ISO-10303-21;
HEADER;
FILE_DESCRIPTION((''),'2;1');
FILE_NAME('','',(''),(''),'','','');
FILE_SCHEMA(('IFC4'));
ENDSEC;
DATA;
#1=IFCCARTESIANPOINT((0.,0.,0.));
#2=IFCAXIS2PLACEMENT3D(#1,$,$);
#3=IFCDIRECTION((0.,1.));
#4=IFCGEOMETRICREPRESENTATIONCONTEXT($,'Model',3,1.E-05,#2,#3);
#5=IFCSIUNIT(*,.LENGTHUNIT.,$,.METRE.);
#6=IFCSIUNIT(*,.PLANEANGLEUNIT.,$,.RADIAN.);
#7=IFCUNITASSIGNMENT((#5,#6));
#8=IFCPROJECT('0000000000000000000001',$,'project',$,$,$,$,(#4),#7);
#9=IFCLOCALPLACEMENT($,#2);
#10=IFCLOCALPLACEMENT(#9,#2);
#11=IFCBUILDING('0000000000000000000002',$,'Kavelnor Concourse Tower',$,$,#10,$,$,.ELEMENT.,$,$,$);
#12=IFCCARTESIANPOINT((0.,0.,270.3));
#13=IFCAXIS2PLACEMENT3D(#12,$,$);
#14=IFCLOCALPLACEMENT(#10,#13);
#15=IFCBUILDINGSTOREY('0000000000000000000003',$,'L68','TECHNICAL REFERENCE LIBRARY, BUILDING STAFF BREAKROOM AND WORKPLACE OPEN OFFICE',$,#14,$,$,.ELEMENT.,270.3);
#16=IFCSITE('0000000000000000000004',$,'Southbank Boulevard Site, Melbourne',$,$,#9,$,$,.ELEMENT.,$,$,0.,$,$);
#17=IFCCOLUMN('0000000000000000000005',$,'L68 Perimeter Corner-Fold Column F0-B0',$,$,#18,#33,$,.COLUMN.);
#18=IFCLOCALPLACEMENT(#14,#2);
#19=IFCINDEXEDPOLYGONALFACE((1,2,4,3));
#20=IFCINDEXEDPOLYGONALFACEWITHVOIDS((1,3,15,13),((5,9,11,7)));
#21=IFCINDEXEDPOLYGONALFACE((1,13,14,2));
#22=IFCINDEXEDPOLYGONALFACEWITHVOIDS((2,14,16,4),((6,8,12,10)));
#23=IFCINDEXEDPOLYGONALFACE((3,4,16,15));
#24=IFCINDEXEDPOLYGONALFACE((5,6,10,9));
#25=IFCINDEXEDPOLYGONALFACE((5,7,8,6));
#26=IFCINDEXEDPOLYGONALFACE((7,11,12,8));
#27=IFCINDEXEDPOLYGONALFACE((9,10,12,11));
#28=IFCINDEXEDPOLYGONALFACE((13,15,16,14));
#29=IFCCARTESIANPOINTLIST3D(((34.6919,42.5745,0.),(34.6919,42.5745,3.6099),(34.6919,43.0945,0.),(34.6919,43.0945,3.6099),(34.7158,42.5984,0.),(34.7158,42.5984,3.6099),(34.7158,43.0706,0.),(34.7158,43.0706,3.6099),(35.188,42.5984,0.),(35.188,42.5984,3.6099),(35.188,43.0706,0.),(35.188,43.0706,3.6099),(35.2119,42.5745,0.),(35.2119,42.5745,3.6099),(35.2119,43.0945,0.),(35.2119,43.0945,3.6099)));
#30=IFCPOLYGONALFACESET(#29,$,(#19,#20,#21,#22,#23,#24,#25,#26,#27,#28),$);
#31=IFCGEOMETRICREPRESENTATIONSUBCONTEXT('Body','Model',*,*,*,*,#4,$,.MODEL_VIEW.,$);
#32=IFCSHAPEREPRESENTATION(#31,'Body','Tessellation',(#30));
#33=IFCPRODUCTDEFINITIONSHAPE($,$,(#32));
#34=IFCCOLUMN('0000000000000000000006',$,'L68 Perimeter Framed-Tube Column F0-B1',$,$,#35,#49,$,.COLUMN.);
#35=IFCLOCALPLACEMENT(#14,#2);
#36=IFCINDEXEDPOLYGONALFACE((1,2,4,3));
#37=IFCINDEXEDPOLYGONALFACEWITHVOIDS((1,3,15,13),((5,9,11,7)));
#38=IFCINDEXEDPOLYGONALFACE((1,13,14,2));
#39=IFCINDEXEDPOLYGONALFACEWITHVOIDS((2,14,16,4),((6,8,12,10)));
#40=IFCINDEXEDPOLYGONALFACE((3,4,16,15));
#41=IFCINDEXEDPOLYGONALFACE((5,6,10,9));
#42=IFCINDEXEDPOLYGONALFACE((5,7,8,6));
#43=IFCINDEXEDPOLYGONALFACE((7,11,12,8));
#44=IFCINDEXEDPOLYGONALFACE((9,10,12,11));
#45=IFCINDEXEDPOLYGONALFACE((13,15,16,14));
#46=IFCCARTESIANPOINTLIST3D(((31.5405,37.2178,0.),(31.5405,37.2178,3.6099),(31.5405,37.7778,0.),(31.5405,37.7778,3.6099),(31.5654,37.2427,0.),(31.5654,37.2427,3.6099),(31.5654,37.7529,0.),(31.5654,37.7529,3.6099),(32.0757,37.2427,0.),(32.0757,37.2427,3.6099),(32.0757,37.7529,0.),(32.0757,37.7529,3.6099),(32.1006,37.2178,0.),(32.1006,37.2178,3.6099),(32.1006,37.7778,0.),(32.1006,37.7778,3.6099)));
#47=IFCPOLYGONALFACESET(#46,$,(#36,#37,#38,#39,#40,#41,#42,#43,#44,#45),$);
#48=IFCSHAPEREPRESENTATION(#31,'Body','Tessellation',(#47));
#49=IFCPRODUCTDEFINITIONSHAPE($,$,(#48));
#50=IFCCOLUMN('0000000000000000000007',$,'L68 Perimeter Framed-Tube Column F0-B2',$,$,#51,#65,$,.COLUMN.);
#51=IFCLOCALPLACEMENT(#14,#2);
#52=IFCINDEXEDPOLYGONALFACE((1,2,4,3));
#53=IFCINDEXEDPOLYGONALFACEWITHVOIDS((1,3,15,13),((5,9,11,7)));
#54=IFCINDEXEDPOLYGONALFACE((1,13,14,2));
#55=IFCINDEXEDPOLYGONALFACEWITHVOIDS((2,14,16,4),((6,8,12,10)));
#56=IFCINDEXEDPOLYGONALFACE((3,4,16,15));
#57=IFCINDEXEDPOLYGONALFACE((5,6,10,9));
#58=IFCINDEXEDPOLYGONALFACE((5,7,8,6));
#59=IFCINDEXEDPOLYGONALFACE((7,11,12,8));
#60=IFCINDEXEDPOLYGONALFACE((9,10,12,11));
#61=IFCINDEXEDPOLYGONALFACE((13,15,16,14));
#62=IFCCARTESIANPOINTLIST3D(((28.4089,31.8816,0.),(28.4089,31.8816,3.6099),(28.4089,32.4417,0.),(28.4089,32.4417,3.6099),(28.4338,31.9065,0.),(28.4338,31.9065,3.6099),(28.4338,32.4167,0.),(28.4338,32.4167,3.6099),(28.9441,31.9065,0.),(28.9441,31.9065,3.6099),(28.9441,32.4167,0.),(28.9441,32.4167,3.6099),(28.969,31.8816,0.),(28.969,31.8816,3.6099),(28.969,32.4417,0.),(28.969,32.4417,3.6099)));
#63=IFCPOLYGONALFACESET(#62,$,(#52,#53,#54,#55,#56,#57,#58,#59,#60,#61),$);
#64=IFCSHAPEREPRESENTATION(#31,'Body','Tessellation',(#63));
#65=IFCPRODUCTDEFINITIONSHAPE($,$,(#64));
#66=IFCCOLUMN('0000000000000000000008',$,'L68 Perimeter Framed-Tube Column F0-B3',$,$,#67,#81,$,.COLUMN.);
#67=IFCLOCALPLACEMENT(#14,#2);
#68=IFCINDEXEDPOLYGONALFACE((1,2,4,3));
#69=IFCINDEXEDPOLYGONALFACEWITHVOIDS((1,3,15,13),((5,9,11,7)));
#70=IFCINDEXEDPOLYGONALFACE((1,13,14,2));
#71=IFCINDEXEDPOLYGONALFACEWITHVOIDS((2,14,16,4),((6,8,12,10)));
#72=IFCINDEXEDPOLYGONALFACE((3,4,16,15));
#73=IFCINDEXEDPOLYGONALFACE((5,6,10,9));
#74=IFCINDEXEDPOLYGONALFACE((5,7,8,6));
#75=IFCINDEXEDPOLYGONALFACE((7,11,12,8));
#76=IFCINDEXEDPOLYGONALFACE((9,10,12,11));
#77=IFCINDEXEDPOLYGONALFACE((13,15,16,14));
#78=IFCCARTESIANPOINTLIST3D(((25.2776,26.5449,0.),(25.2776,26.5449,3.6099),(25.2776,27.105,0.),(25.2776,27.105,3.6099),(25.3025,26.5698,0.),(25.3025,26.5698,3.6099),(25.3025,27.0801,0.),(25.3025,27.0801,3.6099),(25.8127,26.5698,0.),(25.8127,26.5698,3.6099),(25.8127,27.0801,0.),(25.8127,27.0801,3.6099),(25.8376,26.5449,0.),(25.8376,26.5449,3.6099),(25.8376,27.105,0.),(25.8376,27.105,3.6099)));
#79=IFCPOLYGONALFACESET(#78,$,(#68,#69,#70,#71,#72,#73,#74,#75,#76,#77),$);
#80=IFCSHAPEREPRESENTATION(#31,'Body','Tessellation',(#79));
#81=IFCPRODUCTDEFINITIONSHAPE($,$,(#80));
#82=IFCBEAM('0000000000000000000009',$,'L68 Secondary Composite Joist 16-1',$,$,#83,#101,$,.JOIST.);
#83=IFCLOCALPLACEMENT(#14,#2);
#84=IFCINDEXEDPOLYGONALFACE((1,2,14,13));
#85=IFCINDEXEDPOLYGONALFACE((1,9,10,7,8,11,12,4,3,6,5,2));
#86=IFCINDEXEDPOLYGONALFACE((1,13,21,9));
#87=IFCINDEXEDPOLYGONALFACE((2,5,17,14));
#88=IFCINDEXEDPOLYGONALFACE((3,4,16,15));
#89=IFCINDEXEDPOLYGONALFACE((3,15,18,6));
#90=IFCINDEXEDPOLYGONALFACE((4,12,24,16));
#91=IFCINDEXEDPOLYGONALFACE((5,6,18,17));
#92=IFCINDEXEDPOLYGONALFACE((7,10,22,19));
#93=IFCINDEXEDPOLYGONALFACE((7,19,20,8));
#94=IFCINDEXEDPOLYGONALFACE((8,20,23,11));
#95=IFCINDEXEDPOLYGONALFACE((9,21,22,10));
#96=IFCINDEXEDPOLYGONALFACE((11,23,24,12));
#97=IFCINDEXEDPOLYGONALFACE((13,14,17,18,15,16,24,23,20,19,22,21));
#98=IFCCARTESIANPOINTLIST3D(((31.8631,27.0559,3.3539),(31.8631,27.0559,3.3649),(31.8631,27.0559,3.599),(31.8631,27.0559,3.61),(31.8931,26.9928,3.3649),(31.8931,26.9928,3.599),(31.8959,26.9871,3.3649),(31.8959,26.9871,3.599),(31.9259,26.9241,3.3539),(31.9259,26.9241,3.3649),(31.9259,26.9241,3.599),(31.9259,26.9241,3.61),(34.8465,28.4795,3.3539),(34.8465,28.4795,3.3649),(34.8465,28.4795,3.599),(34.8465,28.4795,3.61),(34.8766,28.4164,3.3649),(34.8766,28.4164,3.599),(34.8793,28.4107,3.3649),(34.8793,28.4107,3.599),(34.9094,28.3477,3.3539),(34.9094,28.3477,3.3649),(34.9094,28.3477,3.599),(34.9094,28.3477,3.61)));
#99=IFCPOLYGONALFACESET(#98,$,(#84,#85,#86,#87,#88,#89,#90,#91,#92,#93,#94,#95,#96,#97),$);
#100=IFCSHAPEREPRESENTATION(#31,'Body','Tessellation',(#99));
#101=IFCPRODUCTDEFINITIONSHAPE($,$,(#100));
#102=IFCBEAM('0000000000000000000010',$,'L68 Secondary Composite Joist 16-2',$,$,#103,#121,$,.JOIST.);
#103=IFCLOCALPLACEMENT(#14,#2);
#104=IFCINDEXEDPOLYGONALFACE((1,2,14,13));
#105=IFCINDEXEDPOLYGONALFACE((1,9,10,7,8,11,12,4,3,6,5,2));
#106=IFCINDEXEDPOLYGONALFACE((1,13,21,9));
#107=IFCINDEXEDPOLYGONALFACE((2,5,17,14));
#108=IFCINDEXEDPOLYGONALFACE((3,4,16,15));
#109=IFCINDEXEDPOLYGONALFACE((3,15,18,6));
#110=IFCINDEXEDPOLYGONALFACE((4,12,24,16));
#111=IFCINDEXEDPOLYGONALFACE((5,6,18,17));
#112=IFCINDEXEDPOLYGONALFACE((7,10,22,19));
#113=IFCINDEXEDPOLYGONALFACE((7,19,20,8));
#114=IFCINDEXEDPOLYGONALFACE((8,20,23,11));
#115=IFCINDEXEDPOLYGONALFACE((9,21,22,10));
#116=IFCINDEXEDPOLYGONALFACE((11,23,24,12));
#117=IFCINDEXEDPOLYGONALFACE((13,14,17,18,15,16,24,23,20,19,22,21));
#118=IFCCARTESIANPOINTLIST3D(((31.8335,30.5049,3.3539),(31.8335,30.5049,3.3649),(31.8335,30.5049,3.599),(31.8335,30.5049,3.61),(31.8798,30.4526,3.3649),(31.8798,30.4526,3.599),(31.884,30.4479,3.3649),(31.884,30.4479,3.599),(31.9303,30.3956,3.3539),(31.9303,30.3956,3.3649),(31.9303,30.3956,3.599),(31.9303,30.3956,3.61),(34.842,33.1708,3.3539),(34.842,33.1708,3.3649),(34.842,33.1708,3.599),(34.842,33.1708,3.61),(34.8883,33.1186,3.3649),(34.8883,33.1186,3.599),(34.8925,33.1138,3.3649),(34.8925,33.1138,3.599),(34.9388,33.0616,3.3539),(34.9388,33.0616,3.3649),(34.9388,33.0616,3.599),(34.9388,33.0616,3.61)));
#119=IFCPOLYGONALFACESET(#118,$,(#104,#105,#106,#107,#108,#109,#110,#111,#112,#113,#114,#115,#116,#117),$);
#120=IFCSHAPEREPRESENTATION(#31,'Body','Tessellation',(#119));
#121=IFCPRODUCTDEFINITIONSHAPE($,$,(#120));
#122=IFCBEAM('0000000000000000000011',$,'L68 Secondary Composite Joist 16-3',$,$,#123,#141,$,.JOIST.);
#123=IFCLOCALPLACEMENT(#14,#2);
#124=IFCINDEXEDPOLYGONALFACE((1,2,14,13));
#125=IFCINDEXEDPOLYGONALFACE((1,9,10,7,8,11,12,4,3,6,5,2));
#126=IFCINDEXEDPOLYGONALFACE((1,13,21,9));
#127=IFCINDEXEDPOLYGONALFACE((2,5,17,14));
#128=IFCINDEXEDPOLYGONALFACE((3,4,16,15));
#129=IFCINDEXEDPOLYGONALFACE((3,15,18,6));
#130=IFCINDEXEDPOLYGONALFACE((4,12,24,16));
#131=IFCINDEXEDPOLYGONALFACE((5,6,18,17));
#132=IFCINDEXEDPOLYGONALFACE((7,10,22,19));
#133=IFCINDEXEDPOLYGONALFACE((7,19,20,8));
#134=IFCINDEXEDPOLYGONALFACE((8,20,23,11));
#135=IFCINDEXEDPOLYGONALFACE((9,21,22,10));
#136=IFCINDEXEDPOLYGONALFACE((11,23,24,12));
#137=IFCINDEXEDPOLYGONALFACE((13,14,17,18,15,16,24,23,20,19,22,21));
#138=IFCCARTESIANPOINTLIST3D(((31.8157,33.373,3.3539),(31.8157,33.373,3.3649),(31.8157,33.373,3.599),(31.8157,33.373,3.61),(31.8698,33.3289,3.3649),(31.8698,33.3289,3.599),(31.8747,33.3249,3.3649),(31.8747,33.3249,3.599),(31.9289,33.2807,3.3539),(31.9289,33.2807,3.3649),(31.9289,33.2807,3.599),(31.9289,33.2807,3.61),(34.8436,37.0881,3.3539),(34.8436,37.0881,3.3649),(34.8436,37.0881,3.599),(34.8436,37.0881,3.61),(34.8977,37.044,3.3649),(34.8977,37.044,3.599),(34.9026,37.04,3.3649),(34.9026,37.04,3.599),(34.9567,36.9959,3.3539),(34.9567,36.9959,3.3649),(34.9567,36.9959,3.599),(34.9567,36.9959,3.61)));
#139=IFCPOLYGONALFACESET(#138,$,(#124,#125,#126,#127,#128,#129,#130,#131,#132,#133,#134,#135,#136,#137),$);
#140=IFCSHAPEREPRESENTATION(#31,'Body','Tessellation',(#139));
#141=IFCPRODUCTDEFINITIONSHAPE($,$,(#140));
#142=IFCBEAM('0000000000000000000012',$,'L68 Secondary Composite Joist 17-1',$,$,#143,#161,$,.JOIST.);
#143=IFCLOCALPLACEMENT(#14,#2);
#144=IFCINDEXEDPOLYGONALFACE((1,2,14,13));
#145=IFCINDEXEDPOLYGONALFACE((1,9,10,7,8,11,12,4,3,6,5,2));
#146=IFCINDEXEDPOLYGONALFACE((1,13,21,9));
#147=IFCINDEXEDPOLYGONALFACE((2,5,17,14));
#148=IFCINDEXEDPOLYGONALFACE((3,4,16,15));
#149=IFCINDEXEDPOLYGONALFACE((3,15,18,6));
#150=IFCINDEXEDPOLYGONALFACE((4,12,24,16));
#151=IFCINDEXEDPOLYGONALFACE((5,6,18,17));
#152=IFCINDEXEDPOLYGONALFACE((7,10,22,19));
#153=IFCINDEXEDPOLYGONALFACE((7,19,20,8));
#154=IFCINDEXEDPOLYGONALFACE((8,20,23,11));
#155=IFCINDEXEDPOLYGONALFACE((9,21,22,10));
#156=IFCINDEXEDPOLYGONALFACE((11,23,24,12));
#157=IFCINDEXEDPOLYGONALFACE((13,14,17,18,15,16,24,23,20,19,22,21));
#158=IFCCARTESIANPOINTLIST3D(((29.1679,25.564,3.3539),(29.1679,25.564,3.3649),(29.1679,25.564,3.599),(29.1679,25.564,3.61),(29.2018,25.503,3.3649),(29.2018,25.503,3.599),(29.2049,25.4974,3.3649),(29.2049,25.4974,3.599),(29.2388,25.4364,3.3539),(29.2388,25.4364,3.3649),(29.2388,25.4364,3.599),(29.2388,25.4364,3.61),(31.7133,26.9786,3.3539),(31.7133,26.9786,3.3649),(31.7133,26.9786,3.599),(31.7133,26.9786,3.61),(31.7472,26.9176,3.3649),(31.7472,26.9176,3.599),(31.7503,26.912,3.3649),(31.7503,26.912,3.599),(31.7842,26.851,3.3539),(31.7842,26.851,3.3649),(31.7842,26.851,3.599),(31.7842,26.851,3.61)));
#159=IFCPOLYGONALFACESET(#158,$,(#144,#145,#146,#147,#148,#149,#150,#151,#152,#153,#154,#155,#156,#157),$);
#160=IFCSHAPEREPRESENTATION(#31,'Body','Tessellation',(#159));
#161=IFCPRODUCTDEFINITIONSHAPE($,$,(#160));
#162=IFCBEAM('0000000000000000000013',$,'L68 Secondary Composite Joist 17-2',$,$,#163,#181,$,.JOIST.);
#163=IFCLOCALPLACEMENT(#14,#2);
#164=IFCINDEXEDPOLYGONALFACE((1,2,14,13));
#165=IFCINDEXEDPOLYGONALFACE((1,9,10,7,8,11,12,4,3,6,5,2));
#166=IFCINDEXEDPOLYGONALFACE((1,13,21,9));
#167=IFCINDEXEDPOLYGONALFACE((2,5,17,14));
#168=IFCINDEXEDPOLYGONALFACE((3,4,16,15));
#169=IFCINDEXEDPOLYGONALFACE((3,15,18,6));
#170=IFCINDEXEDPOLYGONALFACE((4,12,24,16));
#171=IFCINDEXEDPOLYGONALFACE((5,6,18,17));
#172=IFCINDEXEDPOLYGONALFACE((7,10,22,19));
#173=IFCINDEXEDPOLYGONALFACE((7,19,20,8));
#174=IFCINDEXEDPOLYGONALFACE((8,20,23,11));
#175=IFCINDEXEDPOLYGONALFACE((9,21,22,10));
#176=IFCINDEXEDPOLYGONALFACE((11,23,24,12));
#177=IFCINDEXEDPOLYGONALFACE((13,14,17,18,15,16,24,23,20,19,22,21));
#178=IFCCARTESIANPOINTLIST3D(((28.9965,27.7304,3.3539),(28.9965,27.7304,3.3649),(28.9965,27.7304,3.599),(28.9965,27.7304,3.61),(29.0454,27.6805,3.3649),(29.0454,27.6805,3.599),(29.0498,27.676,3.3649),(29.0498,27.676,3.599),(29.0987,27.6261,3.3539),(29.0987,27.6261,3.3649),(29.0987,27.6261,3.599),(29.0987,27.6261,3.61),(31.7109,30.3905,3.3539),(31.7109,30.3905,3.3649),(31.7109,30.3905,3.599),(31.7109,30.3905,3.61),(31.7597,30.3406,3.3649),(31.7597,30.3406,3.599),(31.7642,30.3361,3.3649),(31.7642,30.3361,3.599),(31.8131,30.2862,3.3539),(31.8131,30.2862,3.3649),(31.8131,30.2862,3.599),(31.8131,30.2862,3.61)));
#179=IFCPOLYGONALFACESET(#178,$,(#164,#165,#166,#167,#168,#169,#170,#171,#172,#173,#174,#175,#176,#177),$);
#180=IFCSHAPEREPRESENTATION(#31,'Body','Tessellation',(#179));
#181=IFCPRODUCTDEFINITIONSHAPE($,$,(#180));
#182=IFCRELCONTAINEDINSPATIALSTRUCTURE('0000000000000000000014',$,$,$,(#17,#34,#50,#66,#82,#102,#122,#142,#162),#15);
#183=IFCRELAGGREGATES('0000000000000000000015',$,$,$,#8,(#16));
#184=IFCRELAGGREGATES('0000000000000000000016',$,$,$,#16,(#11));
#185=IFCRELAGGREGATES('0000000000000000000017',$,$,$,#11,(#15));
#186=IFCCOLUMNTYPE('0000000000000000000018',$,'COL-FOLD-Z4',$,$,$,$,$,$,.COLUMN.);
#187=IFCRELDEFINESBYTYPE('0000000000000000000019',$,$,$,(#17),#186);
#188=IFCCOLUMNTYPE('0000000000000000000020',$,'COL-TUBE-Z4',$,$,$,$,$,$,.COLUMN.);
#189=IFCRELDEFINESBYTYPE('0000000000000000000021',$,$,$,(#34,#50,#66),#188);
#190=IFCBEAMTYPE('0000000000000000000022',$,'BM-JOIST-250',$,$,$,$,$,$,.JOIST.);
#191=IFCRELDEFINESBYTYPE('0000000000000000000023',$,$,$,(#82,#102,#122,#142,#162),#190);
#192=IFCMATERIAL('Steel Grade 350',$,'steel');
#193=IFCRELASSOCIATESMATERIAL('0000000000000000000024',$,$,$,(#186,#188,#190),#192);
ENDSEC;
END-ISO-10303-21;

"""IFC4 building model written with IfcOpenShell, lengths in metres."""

from ifc_helpers import new_model, si_unit, direction, frame, origin, origin_2d, place, context, subcontext, project, spatial, hollow_rectangle, i_section, extrude, material, material_profile, profile_set, type_object, element, save


model = new_model("IFC4")

# Units and contexts
model_context = context("Model", 3, precision=1e-05, world=origin(), true_north=direction((0.0, 1.0)))
body_context = subcontext(model_context, "Body", "Model", "MODEL_VIEW")
ifc_project = project(units=[si_unit("LENGTHUNIT", "METRE"), si_unit("PLANEANGLEUNIT", "RADIAN")], contexts=[model_context])

# Site, building, storey
site_placement = place(None, origin())
site = spatial("IfcSite", under=ifc_project, at=site_placement, Name="Southbank Boulevard Site, Melbourne", CompositionType="ELEMENT", RefElevation=0.0)
building_placement = place(site_placement, origin())
building = spatial("IfcBuilding", under=site, at=building_placement, Name="Kavelnor Concourse Tower", CompositionType="ELEMENT")
storey_placement = place(building_placement, frame((0.0, 0.0, 270.3)))
storey = spatial("IfcBuildingStorey", under=building, at=storey_placement, Name="L68", Description="TECHNICAL REFERENCE LIBRARY, BUILDING STAFF BREAKROOM AND WORKPLACE OPEN OFFICE", CompositionType="ELEMENT", Elevation=270.3)

# Columns
ifc_material_1 = material(Name="Steel Grade 350", Category="steel")
ifc_material_profile_1 = material_profile(ifc_material_1, hollow_rectangle(XDim=0.52, YDim=0.52, WallThickness=0.0239, at=origin_2d()), Name="SHS 520x520x24")
ifc_profile_set_1 = profile_set([ifc_material_profile_1], Name="Steel Grade 350")
column_type_1 = type_object("IfcColumnType", Name="COL-FOLD-Z4", PredefinedType="COLUMN", material=ifc_profile_set_1)
column_placement = place(storey_placement, frame((34.9519, 42.8345, 0.0), z_axis=(0.0, 0.0, 1.0), x_axis=(1.0, 0.0, 0.0)))
element("IfcColumn", 1, at=column_placement, inside=storey, type_object=column_type_1, Name="L68 Perimeter Corner-Fold Column F0-B0", PredefinedType="COLUMN", context=body_context, shape_type="SweptSolid", body=[
    extrude(hollow_rectangle(XDim=0.52, YDim=0.52, WallThickness=0.0239, at=origin_2d()), origin(), (0.0, 0.0, 1.0), 3.6099),
])
ifc_material_profile_2 = material_profile(ifc_material_1, hollow_rectangle(XDim=0.5601, YDim=0.5601, WallThickness=0.0249, at=origin_2d()), Name="SHS 560x560x25")
ifc_profile_set_2 = profile_set([ifc_material_profile_2], Name="Steel Grade 350")
column_type_2 = type_object("IfcColumnType", Name="COL-TUBE-Z4", PredefinedType="COLUMN", material=ifc_profile_set_2)
for number, where, z_axis, x_axis, name in (
    (2, (31.8206, 37.4978, 0.0), (0.0, 0.0, 1.0), (1.0, 0.0, 0.0), "L68 Perimeter Framed-Tube Column F0-B1"),
    (3, (28.689, 32.1616, 0.0), (0.0, 0.0, 1.0), (1.0, 0.0, 0.0), "L68 Perimeter Framed-Tube Column F0-B2"),
    (4, (25.5576, 26.825, 0.0), (0.0, 0.0, 1.0), (1.0, 0.0, 0.0), "L68 Perimeter Framed-Tube Column F0-B3"),
):
    element("IfcColumn", number, at=place(storey_placement, frame(where, z_axis=z_axis, x_axis=x_axis)), inside=storey, type_object=column_type_2, Name=name, PredefinedType="COLUMN", context=body_context, shape_type="SweptSolid", body=[
        extrude(hollow_rectangle(XDim=0.5601, YDim=0.5601, WallThickness=0.0249, at=origin_2d()), origin(), (0.0, 0.0, 1.0), 3.6099),
    ])

# Beams
ifc_material_profile_3 = material_profile(ifc_material_1, i_section(OverallWidth=0.146, OverallDepth=0.2561, WebThickness=0.0063, FlangeThickness=0.011, at=origin_2d()), Name="250UB37")
ifc_profile_set_3 = profile_set([ifc_material_profile_3], Name="Steel Grade 350")
beam_type_1 = type_object("IfcBeamType", Name="BM-JOIST-250", PredefinedType="JOIST", material=ifc_profile_set_3)
beam_1_placement = place(storey_placement, frame((34.8779, 28.4136, 3.4819), z_axis=(-0.902518, -0.430653, 0.0), x_axis=(0.430653, -0.902518, 0.0)))
element("IfcBeam", 5, at=beam_1_placement, inside=storey, type_object=beam_type_1, Name="L68 Secondary Composite Joist 16-1", PredefinedType="JOIST", context=body_context, shape_type="SweptSolid", body=[
    extrude(i_section(OverallWidth=0.146, OverallDepth=0.2561, WebThickness=0.0063, FlangeThickness=0.011, at=origin_2d()), origin(), (0.0, 0.0, 1.0), 3.3057),
])
beam_2_placement = place(storey_placement, frame((34.8904, 33.1162, 3.4819), z_axis=(-0.748427, -0.663217, 0.0), x_axis=(0.663217, -0.748427, 0.0)))
element("IfcBeam", 6, at=beam_2_placement, inside=storey, type_object=beam_type_1, Name="L68 Secondary Composite Joist 16-2", PredefinedType="JOIST", context=body_context, shape_type="SweptSolid", body=[
    extrude(i_section(OverallWidth=0.146, OverallDepth=0.2561, WebThickness=0.0063, FlangeThickness=0.011, at=origin_2d()), origin(), (0.0, 0.0, 1.0), 4.0198),
])
beam_3_placement = place(storey_placement, frame((34.9001, 37.042, 3.4819), z_axis=(-0.631764, -0.775161, 0.0), x_axis=(0.775161, -0.631764, 0.0)))
element("IfcBeam", 7, at=beam_3_placement, inside=storey, type_object=beam_type_1, Name="L68 Secondary Composite Joist 16-3", PredefinedType="JOIST", context=body_context, shape_type="SweptSolid", body=[
    extrude(i_section(OverallWidth=0.146, OverallDepth=0.2561, WebThickness=0.0063, FlangeThickness=0.011, at=origin_2d()), origin(), (0.0, 0.0, 1.0), 4.7927),
])
beam_4_placement = place(storey_placement, frame((31.7488, 26.9148, 3.4819), z_axis=(-0.874094, -0.485757, 0.0), x_axis=(0.485757, -0.874094, 0.0)))
element("IfcBeam", 8, at=beam_4_placement, inside=storey, type_object=beam_type_1, Name="L68 Secondary Composite Joist 17-1", PredefinedType="JOIST", context=body_context, shape_type="SweptSolid", body=[
    extrude(i_section(OverallWidth=0.146, OverallDepth=0.2561, WebThickness=0.0063, FlangeThickness=0.011, at=origin_2d()), origin(), (0.0, 0.0, 1.0), 2.9121),
])
beam_5_placement = place(storey_placement, frame((31.762, 30.3384, 3.4819), z_axis=(-0.714201, -0.69994, 0.0), x_axis=(0.69994, -0.714201, 0.0)))
element("IfcBeam", 9, at=beam_5_placement, inside=storey, type_object=beam_type_1, Name="L68 Secondary Composite Joist 17-2", PredefinedType="JOIST", context=body_context, shape_type="SweptSolid", body=[
    extrude(i_section(OverallWidth=0.146, OverallDepth=0.2561, WebThickness=0.0063, FlangeThickness=0.011, at=origin_2d()), origin(), (0.0, 0.0, 1.0), 3.8005),
])

save(model, "model.ifc")
